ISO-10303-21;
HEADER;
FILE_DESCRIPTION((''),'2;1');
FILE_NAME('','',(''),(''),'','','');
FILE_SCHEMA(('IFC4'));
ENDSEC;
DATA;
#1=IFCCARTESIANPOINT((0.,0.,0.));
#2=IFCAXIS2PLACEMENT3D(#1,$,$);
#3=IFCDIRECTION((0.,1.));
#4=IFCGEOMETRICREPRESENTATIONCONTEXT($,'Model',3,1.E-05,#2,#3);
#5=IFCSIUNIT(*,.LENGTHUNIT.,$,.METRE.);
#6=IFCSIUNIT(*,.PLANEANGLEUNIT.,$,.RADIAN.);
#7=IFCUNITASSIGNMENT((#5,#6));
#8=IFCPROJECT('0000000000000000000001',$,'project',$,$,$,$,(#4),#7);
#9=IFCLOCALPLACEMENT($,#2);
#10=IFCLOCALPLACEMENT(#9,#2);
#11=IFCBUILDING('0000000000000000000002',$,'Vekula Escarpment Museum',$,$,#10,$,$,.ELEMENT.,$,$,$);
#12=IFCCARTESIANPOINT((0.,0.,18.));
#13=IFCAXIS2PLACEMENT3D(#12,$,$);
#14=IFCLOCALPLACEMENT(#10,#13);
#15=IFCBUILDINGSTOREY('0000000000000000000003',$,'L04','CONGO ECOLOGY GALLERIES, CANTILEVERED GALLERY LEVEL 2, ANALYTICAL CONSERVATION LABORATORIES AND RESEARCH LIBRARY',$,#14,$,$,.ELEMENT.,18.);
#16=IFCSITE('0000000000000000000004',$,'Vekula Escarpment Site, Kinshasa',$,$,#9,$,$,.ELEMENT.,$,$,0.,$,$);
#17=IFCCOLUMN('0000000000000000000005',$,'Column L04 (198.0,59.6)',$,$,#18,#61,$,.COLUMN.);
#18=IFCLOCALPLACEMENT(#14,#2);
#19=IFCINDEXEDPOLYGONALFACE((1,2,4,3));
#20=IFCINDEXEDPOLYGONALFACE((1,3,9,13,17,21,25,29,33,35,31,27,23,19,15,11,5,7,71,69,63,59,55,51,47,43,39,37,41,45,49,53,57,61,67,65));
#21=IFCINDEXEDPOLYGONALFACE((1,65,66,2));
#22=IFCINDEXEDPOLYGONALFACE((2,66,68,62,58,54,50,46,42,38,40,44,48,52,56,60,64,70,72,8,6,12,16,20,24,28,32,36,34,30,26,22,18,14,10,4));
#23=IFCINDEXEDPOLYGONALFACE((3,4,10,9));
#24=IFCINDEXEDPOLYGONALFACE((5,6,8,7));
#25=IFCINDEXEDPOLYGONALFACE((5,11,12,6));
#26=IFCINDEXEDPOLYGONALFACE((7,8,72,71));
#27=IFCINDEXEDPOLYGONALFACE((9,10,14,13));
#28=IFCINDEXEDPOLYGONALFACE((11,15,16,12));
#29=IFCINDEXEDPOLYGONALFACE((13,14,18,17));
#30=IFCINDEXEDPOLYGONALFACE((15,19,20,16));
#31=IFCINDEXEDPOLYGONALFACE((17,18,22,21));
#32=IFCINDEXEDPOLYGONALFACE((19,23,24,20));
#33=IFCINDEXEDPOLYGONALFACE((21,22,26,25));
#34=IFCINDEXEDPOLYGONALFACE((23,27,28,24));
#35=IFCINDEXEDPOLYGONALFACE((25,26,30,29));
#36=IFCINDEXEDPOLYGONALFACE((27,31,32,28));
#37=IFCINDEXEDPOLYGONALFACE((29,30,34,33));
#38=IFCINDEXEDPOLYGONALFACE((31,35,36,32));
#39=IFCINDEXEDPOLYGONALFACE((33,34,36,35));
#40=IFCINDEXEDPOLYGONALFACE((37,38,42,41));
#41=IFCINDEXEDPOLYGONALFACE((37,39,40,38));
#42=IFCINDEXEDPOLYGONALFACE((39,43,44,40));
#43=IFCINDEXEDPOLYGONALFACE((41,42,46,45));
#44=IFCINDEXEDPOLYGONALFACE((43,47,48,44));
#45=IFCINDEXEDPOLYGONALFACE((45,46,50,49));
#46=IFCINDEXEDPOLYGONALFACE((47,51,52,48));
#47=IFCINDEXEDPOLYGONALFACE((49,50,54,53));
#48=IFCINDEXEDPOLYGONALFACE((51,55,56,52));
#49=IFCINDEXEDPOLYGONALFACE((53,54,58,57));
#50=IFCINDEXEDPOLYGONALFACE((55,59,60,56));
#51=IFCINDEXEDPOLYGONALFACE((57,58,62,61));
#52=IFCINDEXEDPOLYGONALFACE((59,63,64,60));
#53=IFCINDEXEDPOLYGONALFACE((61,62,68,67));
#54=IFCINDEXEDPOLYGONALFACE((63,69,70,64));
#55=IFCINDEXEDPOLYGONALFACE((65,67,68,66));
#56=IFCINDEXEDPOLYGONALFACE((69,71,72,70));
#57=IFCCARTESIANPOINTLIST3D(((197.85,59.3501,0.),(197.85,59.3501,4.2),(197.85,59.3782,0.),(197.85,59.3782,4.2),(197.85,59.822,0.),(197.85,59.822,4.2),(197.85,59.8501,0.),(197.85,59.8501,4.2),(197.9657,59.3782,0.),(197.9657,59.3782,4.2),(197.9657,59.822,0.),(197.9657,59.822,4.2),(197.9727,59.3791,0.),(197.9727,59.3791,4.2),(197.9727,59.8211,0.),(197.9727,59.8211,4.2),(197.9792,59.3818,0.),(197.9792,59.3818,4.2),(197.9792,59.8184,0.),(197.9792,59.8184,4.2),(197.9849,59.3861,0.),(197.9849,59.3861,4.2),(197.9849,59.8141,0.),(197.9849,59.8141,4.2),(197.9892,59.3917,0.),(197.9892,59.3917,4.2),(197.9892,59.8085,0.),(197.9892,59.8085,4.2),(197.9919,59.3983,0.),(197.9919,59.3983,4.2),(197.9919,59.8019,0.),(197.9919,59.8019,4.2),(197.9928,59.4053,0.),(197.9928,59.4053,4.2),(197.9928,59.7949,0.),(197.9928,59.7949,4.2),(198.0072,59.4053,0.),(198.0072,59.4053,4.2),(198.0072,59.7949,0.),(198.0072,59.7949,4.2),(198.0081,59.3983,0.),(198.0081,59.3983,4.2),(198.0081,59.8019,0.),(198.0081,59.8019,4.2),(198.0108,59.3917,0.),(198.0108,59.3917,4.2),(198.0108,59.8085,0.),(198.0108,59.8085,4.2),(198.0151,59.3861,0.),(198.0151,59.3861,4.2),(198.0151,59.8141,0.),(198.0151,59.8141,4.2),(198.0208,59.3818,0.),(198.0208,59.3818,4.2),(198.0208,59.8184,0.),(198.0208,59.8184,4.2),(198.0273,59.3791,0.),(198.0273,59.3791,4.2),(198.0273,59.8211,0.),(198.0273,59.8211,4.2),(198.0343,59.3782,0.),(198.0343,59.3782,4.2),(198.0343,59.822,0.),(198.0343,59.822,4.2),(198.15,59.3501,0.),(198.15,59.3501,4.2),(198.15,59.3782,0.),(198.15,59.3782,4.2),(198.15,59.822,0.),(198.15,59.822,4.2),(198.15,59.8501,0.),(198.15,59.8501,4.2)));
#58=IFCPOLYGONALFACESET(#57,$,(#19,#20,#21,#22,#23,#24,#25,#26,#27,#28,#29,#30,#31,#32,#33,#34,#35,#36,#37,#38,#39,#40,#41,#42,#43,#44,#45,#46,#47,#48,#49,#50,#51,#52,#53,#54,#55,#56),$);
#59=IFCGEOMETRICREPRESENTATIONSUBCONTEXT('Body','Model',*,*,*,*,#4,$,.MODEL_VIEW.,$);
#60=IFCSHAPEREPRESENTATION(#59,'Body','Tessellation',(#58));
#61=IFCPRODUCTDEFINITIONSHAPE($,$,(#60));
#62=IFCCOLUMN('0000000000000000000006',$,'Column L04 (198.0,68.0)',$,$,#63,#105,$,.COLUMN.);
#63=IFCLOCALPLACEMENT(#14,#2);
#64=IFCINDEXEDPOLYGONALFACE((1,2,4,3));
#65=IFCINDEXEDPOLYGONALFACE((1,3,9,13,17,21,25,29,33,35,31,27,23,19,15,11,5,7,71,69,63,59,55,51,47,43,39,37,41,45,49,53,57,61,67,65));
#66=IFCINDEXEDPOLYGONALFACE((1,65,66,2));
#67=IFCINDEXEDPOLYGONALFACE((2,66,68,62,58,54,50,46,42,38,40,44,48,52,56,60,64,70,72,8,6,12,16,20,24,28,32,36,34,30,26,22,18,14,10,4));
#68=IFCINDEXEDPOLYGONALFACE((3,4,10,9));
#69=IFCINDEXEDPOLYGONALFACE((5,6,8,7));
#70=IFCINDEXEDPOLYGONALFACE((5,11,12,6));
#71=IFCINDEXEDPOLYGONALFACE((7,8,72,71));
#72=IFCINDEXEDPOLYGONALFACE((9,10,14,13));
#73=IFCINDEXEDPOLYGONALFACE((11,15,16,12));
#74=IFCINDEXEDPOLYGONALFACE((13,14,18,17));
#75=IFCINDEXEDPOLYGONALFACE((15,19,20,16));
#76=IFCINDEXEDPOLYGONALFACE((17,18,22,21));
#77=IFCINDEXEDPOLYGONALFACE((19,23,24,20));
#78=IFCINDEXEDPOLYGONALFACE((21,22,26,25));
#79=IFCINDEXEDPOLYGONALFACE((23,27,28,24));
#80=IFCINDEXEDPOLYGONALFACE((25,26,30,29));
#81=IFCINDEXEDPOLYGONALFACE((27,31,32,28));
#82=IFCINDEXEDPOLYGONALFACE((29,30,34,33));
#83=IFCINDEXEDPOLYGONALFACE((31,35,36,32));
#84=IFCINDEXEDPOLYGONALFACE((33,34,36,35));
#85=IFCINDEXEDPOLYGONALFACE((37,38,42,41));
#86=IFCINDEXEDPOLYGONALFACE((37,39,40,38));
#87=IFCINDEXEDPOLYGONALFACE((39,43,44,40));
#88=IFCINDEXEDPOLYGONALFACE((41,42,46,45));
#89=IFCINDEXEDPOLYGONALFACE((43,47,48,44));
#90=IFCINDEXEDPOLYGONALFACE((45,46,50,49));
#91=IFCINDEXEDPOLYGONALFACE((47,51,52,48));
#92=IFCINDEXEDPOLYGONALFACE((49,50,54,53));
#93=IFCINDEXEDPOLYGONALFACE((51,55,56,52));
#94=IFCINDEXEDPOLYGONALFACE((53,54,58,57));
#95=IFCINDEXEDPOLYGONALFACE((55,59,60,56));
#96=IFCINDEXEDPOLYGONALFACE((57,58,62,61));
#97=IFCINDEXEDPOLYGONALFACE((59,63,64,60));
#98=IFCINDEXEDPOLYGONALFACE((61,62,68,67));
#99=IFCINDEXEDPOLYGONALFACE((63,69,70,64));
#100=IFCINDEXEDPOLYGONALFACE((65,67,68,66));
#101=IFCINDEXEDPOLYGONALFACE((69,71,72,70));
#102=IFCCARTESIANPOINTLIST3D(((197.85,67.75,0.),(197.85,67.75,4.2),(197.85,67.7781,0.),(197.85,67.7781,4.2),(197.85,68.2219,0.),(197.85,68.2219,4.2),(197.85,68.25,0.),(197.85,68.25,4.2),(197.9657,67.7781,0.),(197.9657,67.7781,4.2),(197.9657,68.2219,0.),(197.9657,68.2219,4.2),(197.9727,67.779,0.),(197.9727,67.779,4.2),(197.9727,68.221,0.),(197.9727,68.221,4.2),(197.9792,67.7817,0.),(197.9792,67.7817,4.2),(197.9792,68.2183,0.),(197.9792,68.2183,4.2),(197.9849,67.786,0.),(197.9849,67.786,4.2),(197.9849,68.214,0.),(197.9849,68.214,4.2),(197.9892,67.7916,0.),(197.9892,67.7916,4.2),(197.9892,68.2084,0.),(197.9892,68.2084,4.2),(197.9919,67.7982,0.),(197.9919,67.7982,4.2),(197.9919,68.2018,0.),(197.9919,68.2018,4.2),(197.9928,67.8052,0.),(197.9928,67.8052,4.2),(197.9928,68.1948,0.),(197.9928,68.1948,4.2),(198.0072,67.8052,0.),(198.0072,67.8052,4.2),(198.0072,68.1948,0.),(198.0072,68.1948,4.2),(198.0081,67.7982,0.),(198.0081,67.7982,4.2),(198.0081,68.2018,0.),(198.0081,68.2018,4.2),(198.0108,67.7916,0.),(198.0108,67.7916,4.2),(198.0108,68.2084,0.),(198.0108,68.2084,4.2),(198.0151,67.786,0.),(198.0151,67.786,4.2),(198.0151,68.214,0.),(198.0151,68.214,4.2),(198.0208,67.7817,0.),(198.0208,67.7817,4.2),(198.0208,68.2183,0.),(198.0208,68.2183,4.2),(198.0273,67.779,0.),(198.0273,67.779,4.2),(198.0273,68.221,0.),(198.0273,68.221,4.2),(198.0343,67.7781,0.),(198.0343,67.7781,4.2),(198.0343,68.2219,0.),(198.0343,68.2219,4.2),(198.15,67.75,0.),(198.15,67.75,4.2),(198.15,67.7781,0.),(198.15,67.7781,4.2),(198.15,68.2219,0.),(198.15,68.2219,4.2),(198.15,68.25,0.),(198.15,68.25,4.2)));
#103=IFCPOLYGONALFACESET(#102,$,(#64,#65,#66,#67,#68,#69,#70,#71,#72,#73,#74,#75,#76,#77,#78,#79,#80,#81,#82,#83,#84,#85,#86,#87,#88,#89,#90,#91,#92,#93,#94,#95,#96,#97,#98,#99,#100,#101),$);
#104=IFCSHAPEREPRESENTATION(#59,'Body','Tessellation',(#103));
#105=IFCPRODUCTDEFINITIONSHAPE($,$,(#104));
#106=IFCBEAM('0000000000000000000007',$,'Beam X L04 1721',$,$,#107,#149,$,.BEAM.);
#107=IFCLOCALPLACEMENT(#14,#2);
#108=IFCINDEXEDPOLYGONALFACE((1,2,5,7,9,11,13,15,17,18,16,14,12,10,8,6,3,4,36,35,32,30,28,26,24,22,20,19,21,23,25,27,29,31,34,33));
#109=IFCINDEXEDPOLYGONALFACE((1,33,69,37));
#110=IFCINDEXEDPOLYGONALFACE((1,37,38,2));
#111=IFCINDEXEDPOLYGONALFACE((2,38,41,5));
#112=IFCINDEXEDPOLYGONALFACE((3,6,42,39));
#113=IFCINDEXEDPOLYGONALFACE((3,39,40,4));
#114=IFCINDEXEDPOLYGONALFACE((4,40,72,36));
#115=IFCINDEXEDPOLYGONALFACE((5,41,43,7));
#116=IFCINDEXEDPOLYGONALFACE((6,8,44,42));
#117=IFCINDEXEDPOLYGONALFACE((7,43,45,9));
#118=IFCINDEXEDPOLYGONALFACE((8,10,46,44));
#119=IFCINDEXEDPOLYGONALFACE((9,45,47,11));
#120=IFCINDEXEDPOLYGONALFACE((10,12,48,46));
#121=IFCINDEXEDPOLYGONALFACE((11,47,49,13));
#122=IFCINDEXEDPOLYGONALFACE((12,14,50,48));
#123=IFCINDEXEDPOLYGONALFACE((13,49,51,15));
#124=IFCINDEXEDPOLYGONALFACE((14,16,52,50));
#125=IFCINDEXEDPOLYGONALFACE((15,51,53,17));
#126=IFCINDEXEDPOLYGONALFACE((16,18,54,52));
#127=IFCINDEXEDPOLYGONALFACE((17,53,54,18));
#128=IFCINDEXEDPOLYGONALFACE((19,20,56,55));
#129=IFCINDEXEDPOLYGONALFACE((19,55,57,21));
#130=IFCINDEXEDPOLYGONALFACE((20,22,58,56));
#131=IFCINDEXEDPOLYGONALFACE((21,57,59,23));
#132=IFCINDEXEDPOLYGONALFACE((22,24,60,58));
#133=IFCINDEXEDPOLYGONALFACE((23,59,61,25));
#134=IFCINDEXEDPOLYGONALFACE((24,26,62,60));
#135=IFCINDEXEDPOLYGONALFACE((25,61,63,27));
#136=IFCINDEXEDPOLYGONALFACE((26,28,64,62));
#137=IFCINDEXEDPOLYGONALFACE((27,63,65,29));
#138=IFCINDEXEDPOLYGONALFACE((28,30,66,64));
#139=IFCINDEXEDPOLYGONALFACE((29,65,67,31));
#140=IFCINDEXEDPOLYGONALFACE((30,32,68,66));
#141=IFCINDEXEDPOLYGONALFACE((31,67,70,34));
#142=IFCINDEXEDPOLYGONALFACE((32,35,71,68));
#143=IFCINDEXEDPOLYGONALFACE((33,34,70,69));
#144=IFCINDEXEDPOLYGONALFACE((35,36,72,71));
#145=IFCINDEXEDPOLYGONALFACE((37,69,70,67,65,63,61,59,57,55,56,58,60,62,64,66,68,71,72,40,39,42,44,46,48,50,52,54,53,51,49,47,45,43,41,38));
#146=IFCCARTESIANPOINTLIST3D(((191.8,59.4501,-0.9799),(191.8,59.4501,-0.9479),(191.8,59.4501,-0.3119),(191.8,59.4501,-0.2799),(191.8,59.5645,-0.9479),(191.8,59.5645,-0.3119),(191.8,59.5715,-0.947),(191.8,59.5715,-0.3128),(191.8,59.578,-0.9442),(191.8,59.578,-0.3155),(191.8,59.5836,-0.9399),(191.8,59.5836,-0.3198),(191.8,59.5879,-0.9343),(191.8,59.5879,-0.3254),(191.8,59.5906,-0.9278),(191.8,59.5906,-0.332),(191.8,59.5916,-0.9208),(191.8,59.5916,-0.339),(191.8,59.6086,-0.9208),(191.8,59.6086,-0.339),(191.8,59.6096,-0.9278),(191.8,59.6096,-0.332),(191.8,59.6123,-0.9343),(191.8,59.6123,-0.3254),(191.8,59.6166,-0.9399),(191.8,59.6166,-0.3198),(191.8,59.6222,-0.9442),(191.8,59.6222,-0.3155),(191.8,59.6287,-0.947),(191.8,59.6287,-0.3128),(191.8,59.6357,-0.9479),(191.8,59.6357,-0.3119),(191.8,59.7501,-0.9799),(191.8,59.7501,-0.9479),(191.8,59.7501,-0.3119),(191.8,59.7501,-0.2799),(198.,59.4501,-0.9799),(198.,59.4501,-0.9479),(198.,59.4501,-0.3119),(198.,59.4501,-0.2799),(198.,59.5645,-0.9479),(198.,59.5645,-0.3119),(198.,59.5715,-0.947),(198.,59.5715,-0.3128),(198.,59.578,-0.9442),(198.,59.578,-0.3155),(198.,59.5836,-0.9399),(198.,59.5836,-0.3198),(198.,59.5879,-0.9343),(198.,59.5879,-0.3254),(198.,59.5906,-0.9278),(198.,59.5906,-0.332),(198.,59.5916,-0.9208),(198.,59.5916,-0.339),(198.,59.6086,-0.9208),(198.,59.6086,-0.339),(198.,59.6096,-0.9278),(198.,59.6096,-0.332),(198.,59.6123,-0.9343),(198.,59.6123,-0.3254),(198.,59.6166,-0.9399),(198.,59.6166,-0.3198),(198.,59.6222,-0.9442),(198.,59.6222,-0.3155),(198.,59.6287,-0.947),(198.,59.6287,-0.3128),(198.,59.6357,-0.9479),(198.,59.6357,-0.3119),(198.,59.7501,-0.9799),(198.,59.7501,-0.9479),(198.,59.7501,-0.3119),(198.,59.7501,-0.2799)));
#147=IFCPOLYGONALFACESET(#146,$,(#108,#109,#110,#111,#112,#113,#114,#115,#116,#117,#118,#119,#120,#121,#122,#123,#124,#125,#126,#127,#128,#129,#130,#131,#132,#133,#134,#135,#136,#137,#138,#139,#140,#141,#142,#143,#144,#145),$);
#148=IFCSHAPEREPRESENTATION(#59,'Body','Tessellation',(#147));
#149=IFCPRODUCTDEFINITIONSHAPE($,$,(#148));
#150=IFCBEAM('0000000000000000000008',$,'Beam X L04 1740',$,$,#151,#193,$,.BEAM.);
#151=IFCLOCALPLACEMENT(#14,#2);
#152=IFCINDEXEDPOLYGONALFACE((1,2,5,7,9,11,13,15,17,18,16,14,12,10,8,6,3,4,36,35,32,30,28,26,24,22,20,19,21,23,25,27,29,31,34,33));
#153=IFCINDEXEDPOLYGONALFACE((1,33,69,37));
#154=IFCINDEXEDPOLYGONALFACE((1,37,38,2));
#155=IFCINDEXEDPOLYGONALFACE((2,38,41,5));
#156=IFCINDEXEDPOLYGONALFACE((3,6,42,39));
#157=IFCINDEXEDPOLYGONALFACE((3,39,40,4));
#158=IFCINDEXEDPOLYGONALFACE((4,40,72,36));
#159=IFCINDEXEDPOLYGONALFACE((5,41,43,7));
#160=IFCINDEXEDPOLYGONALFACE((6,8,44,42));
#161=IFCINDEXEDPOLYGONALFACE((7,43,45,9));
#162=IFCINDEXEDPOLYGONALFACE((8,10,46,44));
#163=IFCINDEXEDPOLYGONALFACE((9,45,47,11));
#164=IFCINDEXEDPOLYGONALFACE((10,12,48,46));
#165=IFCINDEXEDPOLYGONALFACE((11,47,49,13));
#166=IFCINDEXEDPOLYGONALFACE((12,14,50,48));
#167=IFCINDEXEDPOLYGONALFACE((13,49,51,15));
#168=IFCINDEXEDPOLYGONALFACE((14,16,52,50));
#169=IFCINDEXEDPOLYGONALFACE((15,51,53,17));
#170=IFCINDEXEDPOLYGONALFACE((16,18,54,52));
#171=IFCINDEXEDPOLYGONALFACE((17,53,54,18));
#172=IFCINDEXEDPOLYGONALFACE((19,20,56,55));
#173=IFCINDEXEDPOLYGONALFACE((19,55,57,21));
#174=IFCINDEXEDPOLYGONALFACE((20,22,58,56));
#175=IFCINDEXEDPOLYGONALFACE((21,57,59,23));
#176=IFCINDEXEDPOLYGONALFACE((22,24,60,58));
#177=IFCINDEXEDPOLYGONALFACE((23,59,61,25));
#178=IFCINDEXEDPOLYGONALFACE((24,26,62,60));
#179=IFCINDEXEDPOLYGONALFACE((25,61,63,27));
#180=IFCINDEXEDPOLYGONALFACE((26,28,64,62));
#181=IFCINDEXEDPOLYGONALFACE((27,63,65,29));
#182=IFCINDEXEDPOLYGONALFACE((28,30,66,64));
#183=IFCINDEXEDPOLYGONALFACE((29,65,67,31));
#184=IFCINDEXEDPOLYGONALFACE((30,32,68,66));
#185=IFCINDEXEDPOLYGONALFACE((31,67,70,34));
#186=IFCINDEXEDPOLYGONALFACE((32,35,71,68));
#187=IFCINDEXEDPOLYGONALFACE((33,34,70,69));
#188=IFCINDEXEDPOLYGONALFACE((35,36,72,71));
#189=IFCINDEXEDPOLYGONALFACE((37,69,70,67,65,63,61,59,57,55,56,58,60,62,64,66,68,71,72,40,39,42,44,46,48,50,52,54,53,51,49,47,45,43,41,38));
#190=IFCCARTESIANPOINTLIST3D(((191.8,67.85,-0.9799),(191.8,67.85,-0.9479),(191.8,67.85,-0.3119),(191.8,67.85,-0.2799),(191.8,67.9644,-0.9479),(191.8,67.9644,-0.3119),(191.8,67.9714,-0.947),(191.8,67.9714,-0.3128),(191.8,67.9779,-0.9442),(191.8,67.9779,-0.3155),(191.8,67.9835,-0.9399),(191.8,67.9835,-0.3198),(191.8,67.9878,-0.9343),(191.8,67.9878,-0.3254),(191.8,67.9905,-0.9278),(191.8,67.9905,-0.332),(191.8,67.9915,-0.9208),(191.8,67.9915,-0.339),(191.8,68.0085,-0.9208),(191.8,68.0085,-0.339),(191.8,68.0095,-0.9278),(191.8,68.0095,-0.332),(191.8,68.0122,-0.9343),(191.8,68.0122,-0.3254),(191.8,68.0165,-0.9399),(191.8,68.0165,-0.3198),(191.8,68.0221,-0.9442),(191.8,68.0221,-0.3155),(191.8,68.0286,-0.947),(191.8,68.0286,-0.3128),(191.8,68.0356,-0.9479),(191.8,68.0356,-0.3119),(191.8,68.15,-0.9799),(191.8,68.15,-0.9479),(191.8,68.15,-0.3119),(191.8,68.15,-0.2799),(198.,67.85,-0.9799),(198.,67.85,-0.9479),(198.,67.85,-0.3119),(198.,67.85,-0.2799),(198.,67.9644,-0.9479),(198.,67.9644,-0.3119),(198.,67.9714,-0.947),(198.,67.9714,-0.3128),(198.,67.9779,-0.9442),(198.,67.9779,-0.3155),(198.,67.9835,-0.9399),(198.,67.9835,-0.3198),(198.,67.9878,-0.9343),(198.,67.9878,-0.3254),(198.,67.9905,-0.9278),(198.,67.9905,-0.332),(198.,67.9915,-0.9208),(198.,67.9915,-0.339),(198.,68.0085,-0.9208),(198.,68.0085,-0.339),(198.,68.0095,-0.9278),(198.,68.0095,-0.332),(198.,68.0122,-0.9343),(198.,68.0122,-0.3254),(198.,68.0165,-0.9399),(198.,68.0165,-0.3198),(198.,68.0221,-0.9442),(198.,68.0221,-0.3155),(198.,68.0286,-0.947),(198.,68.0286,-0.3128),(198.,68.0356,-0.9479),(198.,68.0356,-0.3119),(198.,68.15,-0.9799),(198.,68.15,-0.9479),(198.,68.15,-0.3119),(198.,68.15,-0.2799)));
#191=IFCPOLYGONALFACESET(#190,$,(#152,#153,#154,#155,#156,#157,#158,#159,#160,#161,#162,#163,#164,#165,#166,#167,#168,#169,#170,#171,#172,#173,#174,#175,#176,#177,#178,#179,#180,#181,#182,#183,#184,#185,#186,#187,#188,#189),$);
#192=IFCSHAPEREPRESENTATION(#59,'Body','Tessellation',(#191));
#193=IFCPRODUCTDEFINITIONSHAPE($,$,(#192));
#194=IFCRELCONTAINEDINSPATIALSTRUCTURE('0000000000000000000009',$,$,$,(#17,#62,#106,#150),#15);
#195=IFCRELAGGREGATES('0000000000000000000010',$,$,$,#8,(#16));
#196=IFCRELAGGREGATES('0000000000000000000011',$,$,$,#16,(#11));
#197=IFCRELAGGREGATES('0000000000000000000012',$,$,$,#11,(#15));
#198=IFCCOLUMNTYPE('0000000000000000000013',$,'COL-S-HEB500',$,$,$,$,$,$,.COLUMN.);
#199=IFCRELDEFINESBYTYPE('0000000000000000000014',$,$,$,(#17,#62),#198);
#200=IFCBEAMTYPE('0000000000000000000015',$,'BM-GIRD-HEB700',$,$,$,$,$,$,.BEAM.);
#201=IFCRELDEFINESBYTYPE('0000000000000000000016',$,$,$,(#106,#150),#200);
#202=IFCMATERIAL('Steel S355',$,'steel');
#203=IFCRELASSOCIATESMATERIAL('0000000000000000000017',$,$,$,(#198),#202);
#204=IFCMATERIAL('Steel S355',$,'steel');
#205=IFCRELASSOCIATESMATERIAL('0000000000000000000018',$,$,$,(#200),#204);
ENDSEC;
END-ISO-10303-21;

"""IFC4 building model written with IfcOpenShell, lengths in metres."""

from ifc_helpers import new_model, si_unit, direction, frame, origin, origin_2d, place, context, subcontext, project, spatial, i_section, extrude, material, material_profile, profile_set, type_object, element, save


model = new_model("IFC4")

# Units and contexts
model_context = context("Model", 3, precision=1e-05, world=origin(), true_north=direction((0.0, 1.0)))
body_context = subcontext(model_context, "Body", "Model", "MODEL_VIEW")
ifc_project = project(units=[si_unit("LENGTHUNIT", "METRE"), si_unit("PLANEANGLEUNIT", "RADIAN")], contexts=[model_context])

# Site, building, storey
site_placement = place(None, origin())
site = spatial("IfcSite", under=ifc_project, at=site_placement, Name="Vekula Escarpment Site, Kinshasa", CompositionType="ELEMENT", RefElevation=0.0)
building_placement = place(site_placement, origin())
building = spatial("IfcBuilding", under=site, at=building_placement, Name="Vekula Escarpment Museum", CompositionType="ELEMENT")
storey_placement = place(building_placement, frame((0.0, 0.0, 18.0)))
storey = spatial("IfcBuildingStorey", under=building, at=storey_placement, Name="L04", Description="CONGO ECOLOGY GALLERIES, CANTILEVERED GALLERY LEVEL 2, ANALYTICAL CONSERVATION LABORATORIES AND RESEARCH LIBRARY", CompositionType="ELEMENT", Elevation=18.0)

# Columns
ifc_material_1 = material(Name="Steel S355", Category="steel")
ifc_material_profile_1 = material_profile(ifc_material_1, i_section(OverallWidth=0.3, OverallDepth=0.5, WebThickness=0.0144, FlangeThickness=0.0281, FilletRadius=0.0271, at=origin_2d()), Name="HEB 500")
ifc_profile_set_1 = profile_set([ifc_material_profile_1], Name="Steel S355")
column_type = type_object("IfcColumnType", Name="COL-S-HEB500", PredefinedType="COLUMN", material=ifc_profile_set_1)
for number, where, z_axis, x_axis, name in (
    (1, (198.0, 59.6001, 0.0), (0.0, 0.0, 1.0), (1.0, 0.0, 0.0), "Column L04 (198.0,59.6)"),
    (2, (198.0, 68.0, 0.0), (0.0, 0.0, 1.0), (1.0, 0.0, 0.0), "Column L04 (198.0,68.0)"),
):
    element("IfcColumn", number, at=place(storey_placement, frame(where, z_axis=z_axis, x_axis=x_axis)), inside=storey, type_object=column_type, Name=name, PredefinedType="COLUMN", context=body_context, shape_type="SweptSolid", body=[
        extrude(i_section(OverallWidth=0.3, OverallDepth=0.5, WebThickness=0.0144, FlangeThickness=0.0281, FilletRadius=0.0271, at=origin_2d()), origin(), (0.0, 0.0, 1.0), 4.2),
    ])

# Beams
ifc_material_2 = material(Name="Steel S355", Category="steel")
ifc_material_profile_2 = material_profile(ifc_material_2, i_section(OverallWidth=0.3, OverallDepth=0.7, WebThickness=0.0171, FlangeThickness=0.032, FilletRadius=0.0271, at=origin_2d()), Name="HEB 700")
ifc_profile_set_2 = profile_set([ifc_material_profile_2], Name="Steel S355")
beam_type_1 = type_object("IfcBeamType", Name="BM-GIRD-HEB700", PredefinedType="BEAM", material=ifc_profile_set_2)
for number, where, z_axis, x_axis, name in (
    (3, (191.8, 59.6001, -0.6299), (1.0, 0.0, 0.0), (0.0, 1.0, 0.0), "Beam X L04 1721"),
    (4, (191.8, 68.0, -0.6299), (1.0, 0.0, 0.0), (0.0, 1.0, 0.0), "Beam X L04 1740"),
):
    element("IfcBeam", number, at=place(storey_placement, frame(where, z_axis=z_axis, x_axis=x_axis)), inside=storey, type_object=beam_type_1, Name=name, PredefinedType="BEAM", context=body_context, shape_type="SweptSolid", body=[
        extrude(i_section(OverallWidth=0.3, OverallDepth=0.7, WebThickness=0.0171, FlangeThickness=0.032, FilletRadius=0.0271, at=origin_2d()), origin(), (0.0, 0.0, 1.0), 6.2),
    ])

save(model, "model.ifc")
